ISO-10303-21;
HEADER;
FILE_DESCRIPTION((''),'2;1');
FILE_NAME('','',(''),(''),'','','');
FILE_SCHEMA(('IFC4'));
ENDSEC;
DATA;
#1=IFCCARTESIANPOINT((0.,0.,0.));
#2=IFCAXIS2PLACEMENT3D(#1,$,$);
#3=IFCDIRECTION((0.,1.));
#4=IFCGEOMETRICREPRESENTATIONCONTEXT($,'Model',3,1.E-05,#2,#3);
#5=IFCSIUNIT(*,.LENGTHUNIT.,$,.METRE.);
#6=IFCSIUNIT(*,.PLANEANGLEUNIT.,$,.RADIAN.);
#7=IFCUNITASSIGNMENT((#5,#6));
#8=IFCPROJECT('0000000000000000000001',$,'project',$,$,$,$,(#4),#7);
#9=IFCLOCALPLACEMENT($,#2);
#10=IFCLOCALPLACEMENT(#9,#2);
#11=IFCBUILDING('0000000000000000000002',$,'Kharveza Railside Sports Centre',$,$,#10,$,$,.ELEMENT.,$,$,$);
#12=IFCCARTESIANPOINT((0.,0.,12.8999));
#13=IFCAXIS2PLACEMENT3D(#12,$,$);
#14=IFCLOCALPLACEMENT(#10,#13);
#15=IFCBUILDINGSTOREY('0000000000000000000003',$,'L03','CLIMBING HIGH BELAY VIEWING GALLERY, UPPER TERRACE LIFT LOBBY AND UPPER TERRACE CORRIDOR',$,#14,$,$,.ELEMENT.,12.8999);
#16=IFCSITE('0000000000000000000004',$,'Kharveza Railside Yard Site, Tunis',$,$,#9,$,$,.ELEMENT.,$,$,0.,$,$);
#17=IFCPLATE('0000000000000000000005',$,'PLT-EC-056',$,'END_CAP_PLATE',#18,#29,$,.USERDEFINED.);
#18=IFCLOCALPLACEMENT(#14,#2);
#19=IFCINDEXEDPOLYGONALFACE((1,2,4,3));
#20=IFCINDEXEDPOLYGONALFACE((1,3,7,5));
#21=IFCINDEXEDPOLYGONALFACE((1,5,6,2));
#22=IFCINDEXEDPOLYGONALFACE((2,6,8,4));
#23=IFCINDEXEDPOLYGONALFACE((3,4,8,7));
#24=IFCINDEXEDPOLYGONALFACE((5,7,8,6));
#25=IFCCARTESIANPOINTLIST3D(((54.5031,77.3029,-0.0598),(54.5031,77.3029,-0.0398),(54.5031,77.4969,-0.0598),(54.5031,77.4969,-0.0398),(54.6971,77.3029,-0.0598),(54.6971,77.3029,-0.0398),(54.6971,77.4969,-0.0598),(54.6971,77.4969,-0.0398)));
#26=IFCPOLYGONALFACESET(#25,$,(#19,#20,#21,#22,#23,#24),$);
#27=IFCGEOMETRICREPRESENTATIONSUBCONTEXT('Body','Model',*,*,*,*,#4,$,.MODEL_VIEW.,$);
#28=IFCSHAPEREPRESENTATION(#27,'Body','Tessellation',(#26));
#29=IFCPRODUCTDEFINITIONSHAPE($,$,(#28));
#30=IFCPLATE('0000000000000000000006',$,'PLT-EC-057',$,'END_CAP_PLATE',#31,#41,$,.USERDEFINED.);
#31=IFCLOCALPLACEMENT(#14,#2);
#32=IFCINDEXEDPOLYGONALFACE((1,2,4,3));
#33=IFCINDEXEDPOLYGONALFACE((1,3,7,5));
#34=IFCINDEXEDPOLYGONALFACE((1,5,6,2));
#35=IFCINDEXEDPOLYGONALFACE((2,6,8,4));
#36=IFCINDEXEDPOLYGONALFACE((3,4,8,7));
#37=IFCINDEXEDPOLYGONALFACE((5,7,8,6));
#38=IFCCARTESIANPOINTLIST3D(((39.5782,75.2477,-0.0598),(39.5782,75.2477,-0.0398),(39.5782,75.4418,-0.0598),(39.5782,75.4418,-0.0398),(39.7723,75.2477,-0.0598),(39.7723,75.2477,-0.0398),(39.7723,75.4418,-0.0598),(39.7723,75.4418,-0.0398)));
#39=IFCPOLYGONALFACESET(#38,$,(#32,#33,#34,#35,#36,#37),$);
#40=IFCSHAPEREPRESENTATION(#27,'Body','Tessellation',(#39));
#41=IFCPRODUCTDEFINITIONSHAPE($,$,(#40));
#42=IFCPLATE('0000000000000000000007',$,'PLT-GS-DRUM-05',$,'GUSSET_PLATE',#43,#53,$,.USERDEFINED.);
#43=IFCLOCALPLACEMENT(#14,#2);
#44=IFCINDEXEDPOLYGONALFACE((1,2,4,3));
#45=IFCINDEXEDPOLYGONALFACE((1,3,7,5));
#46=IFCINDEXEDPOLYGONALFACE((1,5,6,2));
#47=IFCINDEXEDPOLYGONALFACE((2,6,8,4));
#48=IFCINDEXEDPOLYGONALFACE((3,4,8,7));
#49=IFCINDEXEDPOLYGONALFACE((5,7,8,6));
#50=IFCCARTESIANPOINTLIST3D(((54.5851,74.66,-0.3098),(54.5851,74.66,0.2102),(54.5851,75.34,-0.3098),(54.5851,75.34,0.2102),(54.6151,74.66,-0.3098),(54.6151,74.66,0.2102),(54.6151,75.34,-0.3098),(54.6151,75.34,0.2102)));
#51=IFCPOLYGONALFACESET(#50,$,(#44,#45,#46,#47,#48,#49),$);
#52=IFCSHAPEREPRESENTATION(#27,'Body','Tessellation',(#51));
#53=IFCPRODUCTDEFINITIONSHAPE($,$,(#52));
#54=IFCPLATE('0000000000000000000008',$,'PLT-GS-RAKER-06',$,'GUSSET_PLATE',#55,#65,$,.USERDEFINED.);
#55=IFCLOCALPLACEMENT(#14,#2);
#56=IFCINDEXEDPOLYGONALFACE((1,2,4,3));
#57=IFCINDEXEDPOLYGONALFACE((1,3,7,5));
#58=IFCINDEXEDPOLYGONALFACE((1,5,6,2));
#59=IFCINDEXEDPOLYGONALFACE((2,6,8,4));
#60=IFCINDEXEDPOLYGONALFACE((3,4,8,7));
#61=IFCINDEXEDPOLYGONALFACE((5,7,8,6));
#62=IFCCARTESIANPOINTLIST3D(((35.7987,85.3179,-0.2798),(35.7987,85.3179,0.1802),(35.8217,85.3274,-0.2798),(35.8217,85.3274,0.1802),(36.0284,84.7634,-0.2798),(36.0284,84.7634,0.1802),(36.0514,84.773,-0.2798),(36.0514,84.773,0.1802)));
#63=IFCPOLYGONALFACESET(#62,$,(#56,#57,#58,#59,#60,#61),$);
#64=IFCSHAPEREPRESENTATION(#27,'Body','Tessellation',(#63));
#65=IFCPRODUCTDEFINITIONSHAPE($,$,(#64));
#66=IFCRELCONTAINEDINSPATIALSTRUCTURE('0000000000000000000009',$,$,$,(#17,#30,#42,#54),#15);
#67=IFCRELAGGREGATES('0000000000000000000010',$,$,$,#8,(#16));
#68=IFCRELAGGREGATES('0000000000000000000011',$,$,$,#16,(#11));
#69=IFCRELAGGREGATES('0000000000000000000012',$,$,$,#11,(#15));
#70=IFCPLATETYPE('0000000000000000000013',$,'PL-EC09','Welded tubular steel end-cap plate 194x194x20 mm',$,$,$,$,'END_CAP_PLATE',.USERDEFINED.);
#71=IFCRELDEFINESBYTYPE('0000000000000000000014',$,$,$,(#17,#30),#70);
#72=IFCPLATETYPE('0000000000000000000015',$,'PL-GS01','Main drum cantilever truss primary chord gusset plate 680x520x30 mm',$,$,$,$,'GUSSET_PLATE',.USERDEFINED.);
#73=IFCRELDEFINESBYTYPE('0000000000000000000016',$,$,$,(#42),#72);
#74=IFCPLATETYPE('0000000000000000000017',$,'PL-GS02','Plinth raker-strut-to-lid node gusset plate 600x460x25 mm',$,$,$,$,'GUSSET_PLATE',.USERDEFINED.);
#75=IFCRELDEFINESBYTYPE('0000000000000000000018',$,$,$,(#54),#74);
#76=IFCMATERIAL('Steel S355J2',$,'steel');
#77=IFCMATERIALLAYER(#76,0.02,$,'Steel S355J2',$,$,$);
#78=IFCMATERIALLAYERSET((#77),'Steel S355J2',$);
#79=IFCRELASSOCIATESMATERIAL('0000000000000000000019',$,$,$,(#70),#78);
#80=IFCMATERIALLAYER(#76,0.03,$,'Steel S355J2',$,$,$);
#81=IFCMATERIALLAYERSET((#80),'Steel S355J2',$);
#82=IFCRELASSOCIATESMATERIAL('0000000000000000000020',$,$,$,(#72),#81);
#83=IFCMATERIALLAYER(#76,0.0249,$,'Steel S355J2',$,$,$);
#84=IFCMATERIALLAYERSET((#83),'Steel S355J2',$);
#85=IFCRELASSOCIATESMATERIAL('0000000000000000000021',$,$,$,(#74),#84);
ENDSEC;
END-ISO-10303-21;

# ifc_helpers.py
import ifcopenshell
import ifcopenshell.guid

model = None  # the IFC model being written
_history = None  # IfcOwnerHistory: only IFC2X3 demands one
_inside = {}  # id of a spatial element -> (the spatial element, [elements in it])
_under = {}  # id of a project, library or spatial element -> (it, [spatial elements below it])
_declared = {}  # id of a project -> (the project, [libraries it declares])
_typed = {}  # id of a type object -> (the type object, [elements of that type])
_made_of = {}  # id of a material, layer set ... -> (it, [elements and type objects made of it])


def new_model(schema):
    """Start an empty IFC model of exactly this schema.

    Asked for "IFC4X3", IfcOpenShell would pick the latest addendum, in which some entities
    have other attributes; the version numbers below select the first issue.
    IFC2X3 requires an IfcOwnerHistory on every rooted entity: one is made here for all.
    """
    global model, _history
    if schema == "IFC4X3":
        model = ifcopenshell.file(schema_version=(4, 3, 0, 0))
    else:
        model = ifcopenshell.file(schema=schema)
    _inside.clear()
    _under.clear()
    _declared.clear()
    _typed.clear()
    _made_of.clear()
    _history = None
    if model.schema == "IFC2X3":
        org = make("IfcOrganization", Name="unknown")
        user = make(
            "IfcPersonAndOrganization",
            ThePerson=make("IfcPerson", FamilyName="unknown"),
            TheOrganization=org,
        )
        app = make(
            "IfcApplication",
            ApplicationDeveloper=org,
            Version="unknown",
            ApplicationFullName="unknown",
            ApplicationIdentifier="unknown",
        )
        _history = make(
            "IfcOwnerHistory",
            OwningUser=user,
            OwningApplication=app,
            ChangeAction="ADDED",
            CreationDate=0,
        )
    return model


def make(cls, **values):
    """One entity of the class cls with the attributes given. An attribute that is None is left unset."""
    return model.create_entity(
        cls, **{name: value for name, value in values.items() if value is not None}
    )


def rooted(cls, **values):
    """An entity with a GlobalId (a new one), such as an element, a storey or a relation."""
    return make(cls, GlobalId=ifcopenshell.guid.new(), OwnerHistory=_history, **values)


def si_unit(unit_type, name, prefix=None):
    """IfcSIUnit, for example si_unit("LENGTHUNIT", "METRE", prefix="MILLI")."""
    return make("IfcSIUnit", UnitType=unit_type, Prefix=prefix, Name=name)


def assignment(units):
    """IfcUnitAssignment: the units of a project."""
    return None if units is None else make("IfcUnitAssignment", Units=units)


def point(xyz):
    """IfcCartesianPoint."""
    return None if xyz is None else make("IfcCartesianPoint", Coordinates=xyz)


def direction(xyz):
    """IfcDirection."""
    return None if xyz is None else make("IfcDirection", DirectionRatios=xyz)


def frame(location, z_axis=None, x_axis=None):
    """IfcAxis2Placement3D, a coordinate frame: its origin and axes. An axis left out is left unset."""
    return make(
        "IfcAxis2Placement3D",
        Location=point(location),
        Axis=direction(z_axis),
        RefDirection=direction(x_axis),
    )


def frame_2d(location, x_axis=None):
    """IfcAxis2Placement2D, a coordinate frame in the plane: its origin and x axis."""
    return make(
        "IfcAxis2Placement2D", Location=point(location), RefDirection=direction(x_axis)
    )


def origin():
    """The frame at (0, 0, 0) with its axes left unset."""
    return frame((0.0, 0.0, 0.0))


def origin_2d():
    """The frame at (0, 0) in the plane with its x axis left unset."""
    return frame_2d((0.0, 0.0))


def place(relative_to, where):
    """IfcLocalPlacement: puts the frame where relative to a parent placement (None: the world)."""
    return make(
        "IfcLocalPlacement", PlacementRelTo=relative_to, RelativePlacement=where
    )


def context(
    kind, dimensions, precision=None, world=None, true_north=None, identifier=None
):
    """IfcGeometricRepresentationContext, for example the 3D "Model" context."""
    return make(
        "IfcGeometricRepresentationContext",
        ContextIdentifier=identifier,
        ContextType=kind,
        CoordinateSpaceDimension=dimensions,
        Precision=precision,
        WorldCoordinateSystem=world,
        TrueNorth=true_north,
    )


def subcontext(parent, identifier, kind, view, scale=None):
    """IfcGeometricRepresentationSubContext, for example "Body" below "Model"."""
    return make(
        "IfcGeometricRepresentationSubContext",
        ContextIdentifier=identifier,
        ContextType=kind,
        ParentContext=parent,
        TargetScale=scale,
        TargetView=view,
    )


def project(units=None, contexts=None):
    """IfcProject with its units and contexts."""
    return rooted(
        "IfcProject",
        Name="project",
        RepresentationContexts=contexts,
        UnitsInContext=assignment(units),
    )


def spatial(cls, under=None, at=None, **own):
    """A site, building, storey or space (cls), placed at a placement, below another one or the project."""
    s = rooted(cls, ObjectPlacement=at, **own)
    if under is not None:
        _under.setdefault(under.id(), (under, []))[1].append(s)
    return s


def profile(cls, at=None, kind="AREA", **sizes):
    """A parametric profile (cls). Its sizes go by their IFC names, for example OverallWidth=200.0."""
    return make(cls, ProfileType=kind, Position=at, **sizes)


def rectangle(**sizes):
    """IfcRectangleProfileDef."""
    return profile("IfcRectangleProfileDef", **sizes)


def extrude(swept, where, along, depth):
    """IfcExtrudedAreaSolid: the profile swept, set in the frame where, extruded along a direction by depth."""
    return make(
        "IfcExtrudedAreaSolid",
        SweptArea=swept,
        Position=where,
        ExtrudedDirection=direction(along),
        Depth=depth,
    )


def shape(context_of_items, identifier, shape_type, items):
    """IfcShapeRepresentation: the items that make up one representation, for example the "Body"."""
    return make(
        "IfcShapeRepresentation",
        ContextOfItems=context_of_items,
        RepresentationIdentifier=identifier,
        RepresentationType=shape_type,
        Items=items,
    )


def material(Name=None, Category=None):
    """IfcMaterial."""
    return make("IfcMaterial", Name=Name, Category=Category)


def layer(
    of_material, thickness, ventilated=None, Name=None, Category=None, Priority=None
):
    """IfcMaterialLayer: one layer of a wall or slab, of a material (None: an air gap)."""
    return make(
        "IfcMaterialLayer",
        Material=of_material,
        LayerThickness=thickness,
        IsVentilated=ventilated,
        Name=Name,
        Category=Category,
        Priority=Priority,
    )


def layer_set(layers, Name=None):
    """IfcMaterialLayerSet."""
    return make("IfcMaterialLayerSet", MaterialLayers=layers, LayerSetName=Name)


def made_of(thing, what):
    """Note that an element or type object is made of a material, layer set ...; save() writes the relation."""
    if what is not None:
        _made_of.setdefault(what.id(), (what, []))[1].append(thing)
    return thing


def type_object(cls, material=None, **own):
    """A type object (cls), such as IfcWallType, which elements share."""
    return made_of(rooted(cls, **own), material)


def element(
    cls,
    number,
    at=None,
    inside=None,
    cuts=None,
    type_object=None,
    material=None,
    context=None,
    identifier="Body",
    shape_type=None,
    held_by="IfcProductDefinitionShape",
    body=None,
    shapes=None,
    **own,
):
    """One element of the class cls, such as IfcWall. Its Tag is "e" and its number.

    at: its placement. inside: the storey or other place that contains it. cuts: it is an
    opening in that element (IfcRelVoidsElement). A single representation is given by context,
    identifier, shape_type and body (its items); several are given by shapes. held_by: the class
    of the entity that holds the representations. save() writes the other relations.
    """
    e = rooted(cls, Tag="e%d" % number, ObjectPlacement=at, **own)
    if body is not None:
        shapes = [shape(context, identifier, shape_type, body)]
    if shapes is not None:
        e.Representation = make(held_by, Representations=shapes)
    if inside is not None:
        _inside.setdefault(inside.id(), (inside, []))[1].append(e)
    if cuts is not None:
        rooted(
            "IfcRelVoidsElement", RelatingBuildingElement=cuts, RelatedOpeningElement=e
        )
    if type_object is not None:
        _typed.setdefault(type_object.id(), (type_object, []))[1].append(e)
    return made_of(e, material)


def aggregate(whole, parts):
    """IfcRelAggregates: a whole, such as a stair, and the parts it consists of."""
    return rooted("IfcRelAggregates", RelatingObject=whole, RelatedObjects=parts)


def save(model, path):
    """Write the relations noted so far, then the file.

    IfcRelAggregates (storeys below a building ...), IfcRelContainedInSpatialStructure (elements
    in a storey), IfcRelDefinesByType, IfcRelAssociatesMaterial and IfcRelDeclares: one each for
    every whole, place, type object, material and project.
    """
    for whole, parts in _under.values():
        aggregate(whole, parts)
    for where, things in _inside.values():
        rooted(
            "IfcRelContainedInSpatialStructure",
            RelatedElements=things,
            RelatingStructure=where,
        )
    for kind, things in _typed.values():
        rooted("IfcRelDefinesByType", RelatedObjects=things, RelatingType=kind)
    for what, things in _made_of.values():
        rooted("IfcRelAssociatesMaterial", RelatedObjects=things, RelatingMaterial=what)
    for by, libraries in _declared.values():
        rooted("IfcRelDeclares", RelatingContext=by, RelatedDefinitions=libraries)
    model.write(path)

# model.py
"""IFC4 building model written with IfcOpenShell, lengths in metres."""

from ifc_helpers import new_model, si_unit, direction, frame, origin, origin_2d, place, context, subcontext, project, spatial, rectangle, extrude, material, layer, layer_set, type_object, element, save


model = new_model("IFC4")

# Units and contexts
model_context = context("Model", 3, precision=1e-05, world=origin(), true_north=direction((0.0, 1.0)))
body_context = subcontext(model_context, "Body", "Model", "MODEL_VIEW")
ifc_project = project(units=[si_unit("LENGTHUNIT", "METRE"), si_unit("PLANEANGLEUNIT", "RADIAN")], contexts=[model_context])

# Site, building, storey
site_placement = place(None, origin())
site = spatial("IfcSite", under=ifc_project, at=site_placement, Name="Kharveza Railside Yard Site, Tunis", CompositionType="ELEMENT", RefElevation=0.0)
building_placement = place(site_placement, origin())
building = spatial("IfcBuilding", under=site, at=building_placement, Name="Kharveza Railside Sports Centre", CompositionType="ELEMENT")
storey_placement = place(building_placement, frame((0.0, 0.0, 12.8999)))
storey = spatial("IfcBuildingStorey", under=building, at=storey_placement, Name="L03", Description="CLIMBING HIGH BELAY VIEWING GALLERY, UPPER TERRACE LIFT LOBBY AND UPPER TERRACE CORRIDOR", CompositionType="ELEMENT", Elevation=12.8999)

# Shared definitions
ifc_material_1 = material(Name="Steel S355J2", Category="steel")

# Plates
ifc_layer_1 = layer(ifc_material_1, 0.02, Name="Steel S355J2")
ifc_layer_set_1 = layer_set([ifc_layer_1], Name="Steel S355J2")
plate_type_1 = type_object("IfcPlateType", Name="PL-EC09", Description="Welded tubular steel end-cap plate 194x194x20 mm", ElementType="END_CAP_PLATE", PredefinedType="USERDEFINED", material=ifc_layer_set_1)
for number, where, z_axis, x_axis, name in (
    (1, (54.6001, 77.3999, -0.0598), (0.0, 0.0, 1.0), (1.0, 0.0, 0.0), "PLT-EC-056"),
    (2, (39.6753, 75.3447, -0.0598), (0.0, 0.0, 1.0), (1.0, 0.0, 0.0), "PLT-EC-057"),
):
    element("IfcPlate", number, at=place(storey_placement, frame(where, z_axis=z_axis, x_axis=x_axis)), inside=storey, type_object=plate_type_1, Name=name, ObjectType="END_CAP_PLATE", PredefinedType="USERDEFINED", context=body_context, shape_type="SweptSolid", body=[
        extrude(rectangle(XDim=0.1941, YDim=0.1941, at=origin_2d()), origin(), (0.0, 0.0, 1.0), 0.02),
    ])
ifc_layer_2 = layer(ifc_material_1, 0.03, Name="Steel S355J2")
ifc_layer_set_2 = layer_set([ifc_layer_2], Name="Steel S355J2")
plate_type_2 = type_object("IfcPlateType", Name="PL-GS01", Description="Main drum cantilever truss primary chord gusset plate 680x520x30 mm", ElementType="GUSSET_PLATE", PredefinedType="USERDEFINED", material=ifc_layer_set_2)
plate_1_placement = place(storey_placement, frame((54.6001, 75.0, -0.3098), z_axis=(0.0, 0.0, 1.0), x_axis=(0.0, 1.0, 0.0)))
element("IfcPlate", 3, at=plate_1_placement, inside=storey, type_object=plate_type_2, Name="PLT-GS-DRUM-05", ObjectType="GUSSET_PLATE", PredefinedType="USERDEFINED", context=body_context, shape_type="SweptSolid", body=[
    extrude(rectangle(XDim=0.6799, YDim=0.03, at=origin_2d()), origin(), (0.0, 0.0, 1.0), 0.52),
])
ifc_layer_3 = layer(ifc_material_1, 0.0249, Name="Steel S355J2")
ifc_layer_set_3 = layer_set([ifc_layer_3], Name="Steel S355J2")
plate_type_3 = type_object("IfcPlateType", Name="PL-GS02", Description="Plinth raker-strut-to-lid node gusset plate 600x460x25 mm", ElementType="GUSSET_PLATE", PredefinedType="USERDEFINED", material=ifc_layer_set_3)
plate_2_placement = place(storey_placement, frame((35.925, 85.0454, -0.2798), z_axis=(0.0, 0.0, 1.0), x_axis=(-0.382683, 0.92388, 0.0)))
element("IfcPlate", 4, at=plate_2_placement, inside=storey, type_object=plate_type_3, Name="PLT-GS-RAKER-06", ObjectType="GUSSET_PLATE", PredefinedType="USERDEFINED", context=body_context, shape_type="SweptSolid", body=[
    extrude(rectangle(XDim=0.6001, YDim=0.0249, at=origin_2d()), origin(), (0.0, 0.0, 1.0), 0.46),
])

save(model, "model.ifc")
